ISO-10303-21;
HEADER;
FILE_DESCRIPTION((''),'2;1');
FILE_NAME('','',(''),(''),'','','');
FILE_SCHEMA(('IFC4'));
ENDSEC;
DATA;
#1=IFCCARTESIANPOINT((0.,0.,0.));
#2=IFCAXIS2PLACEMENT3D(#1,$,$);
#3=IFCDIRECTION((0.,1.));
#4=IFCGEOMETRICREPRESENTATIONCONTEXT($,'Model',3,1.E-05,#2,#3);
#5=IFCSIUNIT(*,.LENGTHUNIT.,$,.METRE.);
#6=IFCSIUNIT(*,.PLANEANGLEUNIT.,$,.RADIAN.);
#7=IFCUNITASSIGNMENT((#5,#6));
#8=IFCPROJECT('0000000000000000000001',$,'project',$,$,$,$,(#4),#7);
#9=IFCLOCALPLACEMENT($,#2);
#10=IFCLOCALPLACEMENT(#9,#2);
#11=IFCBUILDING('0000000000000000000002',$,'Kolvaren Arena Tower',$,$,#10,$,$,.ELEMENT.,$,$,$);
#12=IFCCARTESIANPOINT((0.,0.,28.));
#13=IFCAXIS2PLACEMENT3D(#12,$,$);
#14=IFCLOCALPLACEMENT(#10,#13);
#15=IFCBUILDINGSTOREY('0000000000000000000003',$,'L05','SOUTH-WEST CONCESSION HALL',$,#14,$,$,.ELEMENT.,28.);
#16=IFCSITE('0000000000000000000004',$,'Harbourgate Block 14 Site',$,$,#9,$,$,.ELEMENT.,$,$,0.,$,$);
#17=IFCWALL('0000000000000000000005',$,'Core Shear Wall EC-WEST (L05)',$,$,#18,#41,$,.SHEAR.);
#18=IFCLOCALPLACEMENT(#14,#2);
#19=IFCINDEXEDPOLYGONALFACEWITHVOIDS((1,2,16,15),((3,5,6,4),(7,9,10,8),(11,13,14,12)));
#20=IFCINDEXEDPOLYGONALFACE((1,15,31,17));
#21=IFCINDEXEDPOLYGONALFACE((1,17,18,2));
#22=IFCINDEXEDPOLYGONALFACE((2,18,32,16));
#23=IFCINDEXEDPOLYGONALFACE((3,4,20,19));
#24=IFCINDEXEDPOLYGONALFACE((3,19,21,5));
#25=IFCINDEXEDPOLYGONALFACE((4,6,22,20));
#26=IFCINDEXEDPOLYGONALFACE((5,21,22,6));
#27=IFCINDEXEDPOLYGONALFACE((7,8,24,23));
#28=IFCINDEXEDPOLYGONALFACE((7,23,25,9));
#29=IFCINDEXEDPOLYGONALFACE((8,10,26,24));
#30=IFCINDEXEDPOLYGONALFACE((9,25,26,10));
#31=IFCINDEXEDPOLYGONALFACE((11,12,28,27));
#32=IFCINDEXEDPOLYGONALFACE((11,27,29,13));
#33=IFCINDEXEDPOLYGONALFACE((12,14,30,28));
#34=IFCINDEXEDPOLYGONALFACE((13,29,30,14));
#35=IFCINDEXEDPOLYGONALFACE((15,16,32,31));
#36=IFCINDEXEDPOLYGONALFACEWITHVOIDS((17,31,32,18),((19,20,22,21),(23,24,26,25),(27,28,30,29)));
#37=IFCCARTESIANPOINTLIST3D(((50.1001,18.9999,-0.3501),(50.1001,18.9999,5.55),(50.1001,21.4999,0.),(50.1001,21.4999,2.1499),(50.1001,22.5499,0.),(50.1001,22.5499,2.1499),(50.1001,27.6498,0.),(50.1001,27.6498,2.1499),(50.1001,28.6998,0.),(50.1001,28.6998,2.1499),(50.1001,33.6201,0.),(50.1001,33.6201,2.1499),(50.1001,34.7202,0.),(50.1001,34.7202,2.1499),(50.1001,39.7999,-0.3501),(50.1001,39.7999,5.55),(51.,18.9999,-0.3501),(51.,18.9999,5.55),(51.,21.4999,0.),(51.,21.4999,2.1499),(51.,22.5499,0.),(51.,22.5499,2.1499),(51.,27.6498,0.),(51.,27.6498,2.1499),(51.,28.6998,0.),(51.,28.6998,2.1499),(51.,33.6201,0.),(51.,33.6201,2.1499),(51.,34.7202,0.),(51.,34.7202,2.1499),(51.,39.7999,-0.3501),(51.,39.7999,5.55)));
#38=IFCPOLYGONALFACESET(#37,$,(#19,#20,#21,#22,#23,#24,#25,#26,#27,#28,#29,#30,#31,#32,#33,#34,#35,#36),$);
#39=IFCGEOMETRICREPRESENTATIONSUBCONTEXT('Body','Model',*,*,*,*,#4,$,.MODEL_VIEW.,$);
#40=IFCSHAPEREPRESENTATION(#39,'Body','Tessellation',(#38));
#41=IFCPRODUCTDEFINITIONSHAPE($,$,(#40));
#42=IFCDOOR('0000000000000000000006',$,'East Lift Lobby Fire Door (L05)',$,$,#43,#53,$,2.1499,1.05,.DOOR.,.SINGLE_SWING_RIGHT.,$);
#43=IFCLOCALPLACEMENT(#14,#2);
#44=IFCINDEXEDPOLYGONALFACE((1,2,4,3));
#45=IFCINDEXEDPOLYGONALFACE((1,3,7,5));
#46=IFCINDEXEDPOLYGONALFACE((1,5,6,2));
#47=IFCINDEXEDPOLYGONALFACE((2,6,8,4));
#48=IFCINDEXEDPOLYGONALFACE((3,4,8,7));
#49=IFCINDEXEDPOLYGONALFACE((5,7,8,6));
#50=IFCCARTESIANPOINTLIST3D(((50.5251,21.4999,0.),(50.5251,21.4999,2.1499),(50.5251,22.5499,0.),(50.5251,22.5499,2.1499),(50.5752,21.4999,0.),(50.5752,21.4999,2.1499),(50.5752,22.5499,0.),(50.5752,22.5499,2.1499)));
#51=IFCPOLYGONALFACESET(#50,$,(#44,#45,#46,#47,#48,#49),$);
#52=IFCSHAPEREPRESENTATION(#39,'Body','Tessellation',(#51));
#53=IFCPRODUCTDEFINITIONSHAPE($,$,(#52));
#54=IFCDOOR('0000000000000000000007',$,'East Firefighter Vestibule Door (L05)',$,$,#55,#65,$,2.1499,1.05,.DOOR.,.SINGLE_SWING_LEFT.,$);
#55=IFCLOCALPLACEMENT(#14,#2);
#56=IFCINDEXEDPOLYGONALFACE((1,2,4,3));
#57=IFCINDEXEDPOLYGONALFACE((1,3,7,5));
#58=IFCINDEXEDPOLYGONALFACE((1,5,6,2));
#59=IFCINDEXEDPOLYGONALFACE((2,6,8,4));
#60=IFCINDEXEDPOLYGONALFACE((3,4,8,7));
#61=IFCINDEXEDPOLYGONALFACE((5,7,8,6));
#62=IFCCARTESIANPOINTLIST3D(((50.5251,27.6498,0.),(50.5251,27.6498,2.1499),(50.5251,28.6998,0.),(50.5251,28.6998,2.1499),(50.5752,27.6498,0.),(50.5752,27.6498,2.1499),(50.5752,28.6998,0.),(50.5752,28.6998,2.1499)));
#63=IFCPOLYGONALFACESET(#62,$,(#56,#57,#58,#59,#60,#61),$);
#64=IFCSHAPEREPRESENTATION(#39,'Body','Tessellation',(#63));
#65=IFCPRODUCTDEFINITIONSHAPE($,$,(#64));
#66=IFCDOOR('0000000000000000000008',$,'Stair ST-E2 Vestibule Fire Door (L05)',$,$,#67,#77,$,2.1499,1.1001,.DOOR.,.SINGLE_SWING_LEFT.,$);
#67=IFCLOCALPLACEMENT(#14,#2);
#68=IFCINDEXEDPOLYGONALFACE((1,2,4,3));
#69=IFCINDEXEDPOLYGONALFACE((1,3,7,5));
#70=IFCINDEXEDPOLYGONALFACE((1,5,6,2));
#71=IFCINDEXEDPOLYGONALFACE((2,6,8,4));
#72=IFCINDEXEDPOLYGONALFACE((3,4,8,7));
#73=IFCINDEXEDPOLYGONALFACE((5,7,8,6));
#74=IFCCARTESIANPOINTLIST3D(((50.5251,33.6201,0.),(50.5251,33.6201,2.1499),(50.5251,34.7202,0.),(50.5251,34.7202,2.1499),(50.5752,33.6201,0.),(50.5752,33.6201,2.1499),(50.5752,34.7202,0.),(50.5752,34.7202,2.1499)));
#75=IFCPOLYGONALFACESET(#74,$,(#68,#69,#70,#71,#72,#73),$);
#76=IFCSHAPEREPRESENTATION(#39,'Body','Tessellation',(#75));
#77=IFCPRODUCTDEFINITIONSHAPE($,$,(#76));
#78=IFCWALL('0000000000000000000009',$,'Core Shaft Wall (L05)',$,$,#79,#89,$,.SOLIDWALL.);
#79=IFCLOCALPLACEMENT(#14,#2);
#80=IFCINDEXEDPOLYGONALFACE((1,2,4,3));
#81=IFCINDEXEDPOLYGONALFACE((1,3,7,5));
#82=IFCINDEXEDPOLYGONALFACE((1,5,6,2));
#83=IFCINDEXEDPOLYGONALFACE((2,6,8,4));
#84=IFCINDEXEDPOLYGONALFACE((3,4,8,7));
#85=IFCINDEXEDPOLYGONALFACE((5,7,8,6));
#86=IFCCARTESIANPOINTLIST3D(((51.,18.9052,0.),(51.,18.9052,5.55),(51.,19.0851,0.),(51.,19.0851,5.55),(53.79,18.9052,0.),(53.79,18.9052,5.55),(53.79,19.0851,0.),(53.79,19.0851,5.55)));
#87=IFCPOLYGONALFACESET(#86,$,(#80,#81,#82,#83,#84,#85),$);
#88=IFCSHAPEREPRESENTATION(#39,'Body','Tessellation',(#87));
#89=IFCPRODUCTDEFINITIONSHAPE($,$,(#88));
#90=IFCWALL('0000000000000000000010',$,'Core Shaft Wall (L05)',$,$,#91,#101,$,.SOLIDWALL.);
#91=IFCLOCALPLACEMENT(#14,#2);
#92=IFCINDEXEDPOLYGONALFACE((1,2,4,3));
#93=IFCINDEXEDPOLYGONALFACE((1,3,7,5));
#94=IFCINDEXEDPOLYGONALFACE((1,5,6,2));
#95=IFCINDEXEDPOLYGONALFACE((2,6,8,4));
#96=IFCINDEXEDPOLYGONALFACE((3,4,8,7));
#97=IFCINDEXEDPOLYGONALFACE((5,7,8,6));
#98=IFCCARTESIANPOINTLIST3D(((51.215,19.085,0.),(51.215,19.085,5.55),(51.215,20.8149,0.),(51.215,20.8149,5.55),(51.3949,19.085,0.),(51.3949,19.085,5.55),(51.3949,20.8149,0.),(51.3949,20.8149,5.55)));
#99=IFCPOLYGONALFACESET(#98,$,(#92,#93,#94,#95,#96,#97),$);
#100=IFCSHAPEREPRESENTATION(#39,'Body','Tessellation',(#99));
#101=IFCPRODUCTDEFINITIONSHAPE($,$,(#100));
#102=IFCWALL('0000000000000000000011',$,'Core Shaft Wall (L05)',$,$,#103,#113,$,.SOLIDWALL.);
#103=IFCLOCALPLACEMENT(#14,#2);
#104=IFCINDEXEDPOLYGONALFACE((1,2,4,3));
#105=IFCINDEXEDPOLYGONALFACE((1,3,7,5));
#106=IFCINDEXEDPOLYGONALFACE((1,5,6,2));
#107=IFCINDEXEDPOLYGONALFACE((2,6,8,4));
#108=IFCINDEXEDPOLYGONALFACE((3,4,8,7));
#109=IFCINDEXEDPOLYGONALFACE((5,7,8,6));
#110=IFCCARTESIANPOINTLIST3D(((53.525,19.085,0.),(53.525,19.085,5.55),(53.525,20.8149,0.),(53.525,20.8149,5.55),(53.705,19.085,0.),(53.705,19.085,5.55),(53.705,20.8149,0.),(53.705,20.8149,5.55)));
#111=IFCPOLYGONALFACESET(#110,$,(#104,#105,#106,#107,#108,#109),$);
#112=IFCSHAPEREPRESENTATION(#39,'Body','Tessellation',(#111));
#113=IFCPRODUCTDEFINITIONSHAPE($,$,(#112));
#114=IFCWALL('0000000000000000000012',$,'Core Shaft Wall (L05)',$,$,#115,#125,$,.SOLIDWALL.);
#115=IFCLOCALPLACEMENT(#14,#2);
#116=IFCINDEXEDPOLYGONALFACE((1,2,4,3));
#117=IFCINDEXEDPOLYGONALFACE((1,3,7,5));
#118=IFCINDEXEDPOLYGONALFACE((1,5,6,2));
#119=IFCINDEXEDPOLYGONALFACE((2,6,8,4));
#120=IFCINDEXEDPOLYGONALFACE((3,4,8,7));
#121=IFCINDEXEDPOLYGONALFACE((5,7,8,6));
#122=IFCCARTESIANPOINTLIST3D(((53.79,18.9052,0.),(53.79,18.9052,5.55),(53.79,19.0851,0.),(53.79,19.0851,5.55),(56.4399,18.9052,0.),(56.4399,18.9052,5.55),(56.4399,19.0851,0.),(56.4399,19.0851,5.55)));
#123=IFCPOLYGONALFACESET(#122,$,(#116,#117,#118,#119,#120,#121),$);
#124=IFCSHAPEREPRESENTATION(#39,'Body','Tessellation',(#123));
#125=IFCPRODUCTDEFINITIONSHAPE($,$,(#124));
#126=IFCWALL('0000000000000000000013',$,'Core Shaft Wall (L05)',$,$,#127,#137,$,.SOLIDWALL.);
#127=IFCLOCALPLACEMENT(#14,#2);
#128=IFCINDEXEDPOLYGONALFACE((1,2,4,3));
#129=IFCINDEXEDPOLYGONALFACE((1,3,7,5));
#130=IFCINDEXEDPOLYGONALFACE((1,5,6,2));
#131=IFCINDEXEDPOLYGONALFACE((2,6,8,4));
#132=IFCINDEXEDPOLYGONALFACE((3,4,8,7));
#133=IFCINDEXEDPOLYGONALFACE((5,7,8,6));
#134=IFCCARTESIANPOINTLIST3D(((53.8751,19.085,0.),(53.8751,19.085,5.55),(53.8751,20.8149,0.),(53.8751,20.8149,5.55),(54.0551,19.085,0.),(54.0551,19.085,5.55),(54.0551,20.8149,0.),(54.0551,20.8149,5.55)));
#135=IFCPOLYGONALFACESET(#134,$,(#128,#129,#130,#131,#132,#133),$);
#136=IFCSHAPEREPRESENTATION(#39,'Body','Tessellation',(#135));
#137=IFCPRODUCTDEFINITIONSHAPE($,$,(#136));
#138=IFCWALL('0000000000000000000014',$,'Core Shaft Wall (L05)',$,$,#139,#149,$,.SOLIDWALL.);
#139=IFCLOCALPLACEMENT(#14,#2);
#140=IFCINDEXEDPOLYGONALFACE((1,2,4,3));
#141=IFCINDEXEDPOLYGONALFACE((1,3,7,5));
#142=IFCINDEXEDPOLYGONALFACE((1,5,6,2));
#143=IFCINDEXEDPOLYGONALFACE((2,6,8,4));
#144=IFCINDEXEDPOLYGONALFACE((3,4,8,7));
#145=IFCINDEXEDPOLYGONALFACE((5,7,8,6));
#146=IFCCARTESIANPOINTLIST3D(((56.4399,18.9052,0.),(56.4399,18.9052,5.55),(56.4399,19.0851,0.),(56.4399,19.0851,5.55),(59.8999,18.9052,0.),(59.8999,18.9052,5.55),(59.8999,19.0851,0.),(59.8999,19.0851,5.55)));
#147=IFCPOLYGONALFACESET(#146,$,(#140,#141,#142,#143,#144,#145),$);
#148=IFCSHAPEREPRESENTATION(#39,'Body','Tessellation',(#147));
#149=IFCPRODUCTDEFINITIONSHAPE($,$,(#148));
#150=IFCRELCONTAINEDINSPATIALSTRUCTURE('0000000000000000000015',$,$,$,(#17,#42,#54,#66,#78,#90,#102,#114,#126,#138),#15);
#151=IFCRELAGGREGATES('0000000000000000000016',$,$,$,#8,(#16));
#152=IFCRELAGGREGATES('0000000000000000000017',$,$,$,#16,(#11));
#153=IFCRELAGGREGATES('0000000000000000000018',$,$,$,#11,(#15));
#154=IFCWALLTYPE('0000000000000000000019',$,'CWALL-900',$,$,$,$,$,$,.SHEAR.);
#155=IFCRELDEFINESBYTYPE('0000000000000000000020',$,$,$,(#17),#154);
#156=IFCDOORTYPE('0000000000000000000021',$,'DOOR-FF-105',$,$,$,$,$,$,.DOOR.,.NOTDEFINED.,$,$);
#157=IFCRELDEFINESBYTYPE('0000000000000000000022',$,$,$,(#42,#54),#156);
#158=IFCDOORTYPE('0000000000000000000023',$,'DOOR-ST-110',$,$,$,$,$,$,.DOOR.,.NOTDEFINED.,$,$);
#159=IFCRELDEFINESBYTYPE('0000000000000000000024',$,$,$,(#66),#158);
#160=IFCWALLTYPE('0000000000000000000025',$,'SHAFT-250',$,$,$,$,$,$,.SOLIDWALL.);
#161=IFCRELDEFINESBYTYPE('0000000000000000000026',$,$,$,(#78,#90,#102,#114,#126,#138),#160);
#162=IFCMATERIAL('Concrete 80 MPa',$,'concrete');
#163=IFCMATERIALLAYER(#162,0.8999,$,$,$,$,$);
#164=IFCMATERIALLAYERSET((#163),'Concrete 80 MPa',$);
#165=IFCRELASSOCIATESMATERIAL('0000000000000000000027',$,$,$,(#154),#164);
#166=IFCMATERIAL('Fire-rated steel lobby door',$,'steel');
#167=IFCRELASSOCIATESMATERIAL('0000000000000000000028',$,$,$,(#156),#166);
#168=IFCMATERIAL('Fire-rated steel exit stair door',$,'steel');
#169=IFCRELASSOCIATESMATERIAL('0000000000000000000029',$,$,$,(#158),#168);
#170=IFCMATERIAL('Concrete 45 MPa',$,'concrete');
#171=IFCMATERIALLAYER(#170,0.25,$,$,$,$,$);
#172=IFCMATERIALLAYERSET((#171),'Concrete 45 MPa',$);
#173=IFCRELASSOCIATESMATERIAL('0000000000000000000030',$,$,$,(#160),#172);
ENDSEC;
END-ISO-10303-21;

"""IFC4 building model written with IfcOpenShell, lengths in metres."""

from ifc_helpers import new_model, si_unit, direction, frame, frame_2d, origin, place, context, subcontext, project, spatial, rectangle, extrude, material, layer, layer_set, type_object, element, fill, save


model = new_model("IFC4")

# Units and contexts
model_context = context("Model", 3, precision=1e-05, world=origin(), true_north=direction((0.0, 1.0)))
body_context = subcontext(model_context, "Body", "Model", "MODEL_VIEW")
ifc_project = project(units=[si_unit("LENGTHUNIT", "METRE"), si_unit("PLANEANGLEUNIT", "RADIAN")], contexts=[model_context])

# Site, building, storey
site_placement = place(None, origin())
site = spatial("IfcSite", under=ifc_project, at=site_placement, Name="Harbourgate Block 14 Site", CompositionType="ELEMENT", RefElevation=0.0)
building_placement = place(site_placement, origin())
building = spatial("IfcBuilding", under=site, at=building_placement, Name="Kolvaren Arena Tower", CompositionType="ELEMENT")
storey_placement = place(building_placement, frame((0.0, 0.0, 28.0)))
storey = spatial("IfcBuildingStorey", under=building, at=storey_placement, Name="L05", Description="SOUTH-WEST CONCESSION HALL", CompositionType="ELEMENT", Elevation=28.0)

# Wall, openings, doors
ifc_material_1 = material(Name="Concrete 80 MPa", Category="concrete")
ifc_layer_1 = layer(ifc_material_1, 0.8999)
ifc_layer_set_1 = layer_set([ifc_layer_1], Name="Concrete 80 MPa")
wall_type_1 = type_object("IfcWallType", Name="CWALL-900", PredefinedType="SHEAR", material=ifc_layer_set_1)
wall_1_placement = place(storey_placement, frame((50.55, 19.0, -0.3501), z_axis=(0.0, 0.0, 1.0), x_axis=(0.0, 1.0, 0.0)))
wall_1 = element("IfcWall", 1, at=wall_1_placement, inside=storey, type_object=wall_type_1, Name="Core Shear Wall EC-WEST (L05)", PredefinedType="SHEAR", context=body_context, shape_type="SweptSolid", body=[
    extrude(rectangle(XDim=20.8, YDim=0.8999, at=frame_2d((10.3999, 0.0))), origin(), (0.0, 0.0, 1.0), 5.9001),
])
opening_1_placement = place(wall_1_placement, frame((2.5, 0.0, 0.3501)))
opening_1 = element("IfcOpeningElement", 2, at=opening_1_placement, cuts=wall_1, PredefinedType="OPENING", context=body_context, shape_type="SweptSolid", body=[
    extrude(rectangle(XDim=1.05, YDim=2.1499, at=frame_2d((0.5249, 1.075))), frame((0.0, 0.46, 0.0), z_axis=(0.0, -1.0, 0.0), x_axis=(1.0, 0.0, 0.0)), (0.0, 0.0, 1.0), 0.9199),
])
opening_2_placement = place(wall_1_placement, frame((8.6499, 0.0, 0.3501)))
opening_2 = element("IfcOpeningElement", 3, at=opening_2_placement, cuts=wall_1, PredefinedType="OPENING", context=body_context, shape_type="SweptSolid", body=[
    extrude(rectangle(XDim=1.05, YDim=2.1499, at=frame_2d((0.5249, 1.075))), frame((0.0, 0.46, 0.0), z_axis=(0.0, -1.0, 0.0), x_axis=(1.0, 0.0, 0.0)), (0.0, 0.0, 1.0), 0.9199),
])
opening_3_placement = place(wall_1_placement, frame((14.6201, 0.0, 0.3501)))
opening_3 = element("IfcOpeningElement", 4, at=opening_3_placement, cuts=wall_1, PredefinedType="OPENING", context=body_context, shape_type="SweptSolid", body=[
    extrude(rectangle(XDim=1.1001, YDim=2.1499, at=frame_2d((0.55, 1.075))), frame((0.0, 0.46, 0.0), z_axis=(0.0, -1.0, 0.0), x_axis=(1.0, 0.0, 0.0)), (0.0, 0.0, 1.0), 0.9199),
])
ifc_material_2 = material(Name="Fire-rated steel lobby door", Category="steel")
door_type_1 = type_object("IfcDoorType", Name="DOOR-FF-105", OperationType="NOTDEFINED", PredefinedType="DOOR", material=ifc_material_2)
door_1_placement = place(opening_1_placement, origin())
door_1 = element("IfcDoor", 5, at=door_1_placement, inside=storey, type_object=door_type_1, Name="East Lift Lobby Fire Door (L05)", OperationType="SINGLE_SWING_RIGHT", OverallHeight=2.1499, OverallWidth=1.05, PredefinedType="DOOR", context=body_context, shape_type="SweptSolid", body=[
    extrude(rectangle(XDim=1.05, YDim=2.1499, at=frame_2d((0.5249, 1.075))), frame((0.0, 0.0249, 0.0), z_axis=(0.0, -1.0, 0.0), x_axis=(1.0, 0.0, 0.0)), (0.0, 0.0, 1.0), 0.05),
])
fill(opening_1, door_1)
door_2_placement = place(opening_2_placement, origin())
door_2 = element("IfcDoor", 6, at=door_2_placement, inside=storey, type_object=door_type_1, Name="East Firefighter Vestibule Door (L05)", OperationType="SINGLE_SWING_LEFT", OverallHeight=2.1499, OverallWidth=1.05, PredefinedType="DOOR", context=body_context, shape_type="SweptSolid", body=[
    extrude(rectangle(XDim=1.05, YDim=2.1499, at=frame_2d((0.5249, 1.075))), frame((0.0, 0.0249, 0.0), z_axis=(0.0, -1.0, 0.0), x_axis=(1.0, 0.0, 0.0)), (0.0, 0.0, 1.0), 0.05),
])
fill(opening_2, door_2)
ifc_material_3 = material(Name="Fire-rated steel exit stair door", Category="steel")
door_type_2 = type_object("IfcDoorType", Name="DOOR-ST-110", OperationType="NOTDEFINED", PredefinedType="DOOR", material=ifc_material_3)
door_3_placement = place(opening_3_placement, origin())
door_3 = element("IfcDoor", 7, at=door_3_placement, inside=storey, type_object=door_type_2, Name="Stair ST-E2 Vestibule Fire Door (L05)", OperationType="SINGLE_SWING_LEFT", OverallHeight=2.1499, OverallWidth=1.1001, PredefinedType="DOOR", context=body_context, shape_type="SweptSolid", body=[
    extrude(rectangle(XDim=1.1001, YDim=2.1499, at=frame_2d((0.55, 1.075))), frame((0.0, 0.0249, 0.0), z_axis=(0.0, -1.0, 0.0), x_axis=(1.0, 0.0, 0.0)), (0.0, 0.0, 1.0), 0.05),
])
fill(opening_3, door_3)

# Walls
ifc_material_4 = material(Name="Concrete 45 MPa", Category="concrete")
ifc_layer_2 = layer(ifc_material_4, 0.25)
ifc_layer_set_2 = layer_set([ifc_layer_2], Name="Concrete 45 MPa")
wall_type_2 = type_object("IfcWallType", Name="SHAFT-250", PredefinedType="SOLIDWALL", material=ifc_layer_set_2)
wall_2_placement = place(storey_placement, frame((51.0, 18.9951, 0.0), z_axis=(0.0, 0.0, 1.0), x_axis=(1.0, 0.0, 0.0)))
element("IfcWall", 8, at=wall_2_placement, inside=storey, type_object=wall_type_2, Name="Core Shaft Wall (L05)", PredefinedType="SOLIDWALL", context=body_context, shape_type="SweptSolid", body=[
    extrude(rectangle(XDim=2.79, YDim=0.1799, at=frame_2d((1.395, 0.0))), origin(), (0.0, 0.0, 1.0), 5.55),
])
for number, where, z_axis, x_axis, name in (
    (9, (51.3049, 19.085, 0.0), (0.0, 0.0, 1.0), (0.0, 1.0, 0.0), "Core Shaft Wall (L05)"),
    (10, (53.615, 19.085, 0.0), (0.0, 0.0, 1.0), (0.0, 1.0, 0.0), "Core Shaft Wall (L05)"),
):
    element("IfcWall", number, at=place(storey_placement, frame(where, z_axis=z_axis, x_axis=x_axis)), inside=storey, type_object=wall_type_2, Name=name, PredefinedType="SOLIDWALL", context=body_context, shape_type="SweptSolid", body=[
        extrude(rectangle(XDim=1.73, YDim=0.1799, at=frame_2d((0.865, 0.0))), origin(), (0.0, 0.0, 1.0), 5.55),
    ])
wall_3_placement = place(storey_placement, frame((53.79, 18.9951, 0.0), z_axis=(0.0, 0.0, 1.0), x_axis=(1.0, 0.0, 0.0)))
element("IfcWall", 11, at=wall_3_placement, inside=storey, type_object=wall_type_2, Name="Core Shaft Wall (L05)", PredefinedType="SOLIDWALL", context=body_context, shape_type="SweptSolid", body=[
    extrude(rectangle(XDim=2.6499, YDim=0.1799, at=frame_2d((1.325, 0.0))), origin(), (0.0, 0.0, 1.0), 5.55),
])
wall_4_placement = place(storey_placement, frame((53.9651, 19.085, 0.0), z_axis=(0.0, 0.0, 1.0), x_axis=(0.0, 1.0, 0.0)))
element("IfcWall", 12, at=wall_4_placement, inside=storey, type_object=wall_type_2, Name="Core Shaft Wall (L05)", PredefinedType="SOLIDWALL", context=body_context, shape_type="SweptSolid", body=[
    extrude(rectangle(XDim=1.73, YDim=0.1799, at=frame_2d((0.865, 0.0))), origin(), (0.0, 0.0, 1.0), 5.55),
])
wall_5_placement = place(storey_placement, frame((56.4399, 18.9951, 0.0), z_axis=(0.0, 0.0, 1.0), x_axis=(1.0, 0.0, 0.0)))
element("IfcWall", 13, at=wall_5_placement, inside=storey, type_object=wall_type_2, Name="Core Shaft Wall (L05)", PredefinedType="SOLIDWALL", context=body_context, shape_type="SweptSolid", body=[
    extrude(rectangle(XDim=3.46, YDim=0.1799, at=frame_2d((1.73, 0.0))), origin(), (0.0, 0.0, 1.0), 5.55),
])

save(model, "model.ifc")
